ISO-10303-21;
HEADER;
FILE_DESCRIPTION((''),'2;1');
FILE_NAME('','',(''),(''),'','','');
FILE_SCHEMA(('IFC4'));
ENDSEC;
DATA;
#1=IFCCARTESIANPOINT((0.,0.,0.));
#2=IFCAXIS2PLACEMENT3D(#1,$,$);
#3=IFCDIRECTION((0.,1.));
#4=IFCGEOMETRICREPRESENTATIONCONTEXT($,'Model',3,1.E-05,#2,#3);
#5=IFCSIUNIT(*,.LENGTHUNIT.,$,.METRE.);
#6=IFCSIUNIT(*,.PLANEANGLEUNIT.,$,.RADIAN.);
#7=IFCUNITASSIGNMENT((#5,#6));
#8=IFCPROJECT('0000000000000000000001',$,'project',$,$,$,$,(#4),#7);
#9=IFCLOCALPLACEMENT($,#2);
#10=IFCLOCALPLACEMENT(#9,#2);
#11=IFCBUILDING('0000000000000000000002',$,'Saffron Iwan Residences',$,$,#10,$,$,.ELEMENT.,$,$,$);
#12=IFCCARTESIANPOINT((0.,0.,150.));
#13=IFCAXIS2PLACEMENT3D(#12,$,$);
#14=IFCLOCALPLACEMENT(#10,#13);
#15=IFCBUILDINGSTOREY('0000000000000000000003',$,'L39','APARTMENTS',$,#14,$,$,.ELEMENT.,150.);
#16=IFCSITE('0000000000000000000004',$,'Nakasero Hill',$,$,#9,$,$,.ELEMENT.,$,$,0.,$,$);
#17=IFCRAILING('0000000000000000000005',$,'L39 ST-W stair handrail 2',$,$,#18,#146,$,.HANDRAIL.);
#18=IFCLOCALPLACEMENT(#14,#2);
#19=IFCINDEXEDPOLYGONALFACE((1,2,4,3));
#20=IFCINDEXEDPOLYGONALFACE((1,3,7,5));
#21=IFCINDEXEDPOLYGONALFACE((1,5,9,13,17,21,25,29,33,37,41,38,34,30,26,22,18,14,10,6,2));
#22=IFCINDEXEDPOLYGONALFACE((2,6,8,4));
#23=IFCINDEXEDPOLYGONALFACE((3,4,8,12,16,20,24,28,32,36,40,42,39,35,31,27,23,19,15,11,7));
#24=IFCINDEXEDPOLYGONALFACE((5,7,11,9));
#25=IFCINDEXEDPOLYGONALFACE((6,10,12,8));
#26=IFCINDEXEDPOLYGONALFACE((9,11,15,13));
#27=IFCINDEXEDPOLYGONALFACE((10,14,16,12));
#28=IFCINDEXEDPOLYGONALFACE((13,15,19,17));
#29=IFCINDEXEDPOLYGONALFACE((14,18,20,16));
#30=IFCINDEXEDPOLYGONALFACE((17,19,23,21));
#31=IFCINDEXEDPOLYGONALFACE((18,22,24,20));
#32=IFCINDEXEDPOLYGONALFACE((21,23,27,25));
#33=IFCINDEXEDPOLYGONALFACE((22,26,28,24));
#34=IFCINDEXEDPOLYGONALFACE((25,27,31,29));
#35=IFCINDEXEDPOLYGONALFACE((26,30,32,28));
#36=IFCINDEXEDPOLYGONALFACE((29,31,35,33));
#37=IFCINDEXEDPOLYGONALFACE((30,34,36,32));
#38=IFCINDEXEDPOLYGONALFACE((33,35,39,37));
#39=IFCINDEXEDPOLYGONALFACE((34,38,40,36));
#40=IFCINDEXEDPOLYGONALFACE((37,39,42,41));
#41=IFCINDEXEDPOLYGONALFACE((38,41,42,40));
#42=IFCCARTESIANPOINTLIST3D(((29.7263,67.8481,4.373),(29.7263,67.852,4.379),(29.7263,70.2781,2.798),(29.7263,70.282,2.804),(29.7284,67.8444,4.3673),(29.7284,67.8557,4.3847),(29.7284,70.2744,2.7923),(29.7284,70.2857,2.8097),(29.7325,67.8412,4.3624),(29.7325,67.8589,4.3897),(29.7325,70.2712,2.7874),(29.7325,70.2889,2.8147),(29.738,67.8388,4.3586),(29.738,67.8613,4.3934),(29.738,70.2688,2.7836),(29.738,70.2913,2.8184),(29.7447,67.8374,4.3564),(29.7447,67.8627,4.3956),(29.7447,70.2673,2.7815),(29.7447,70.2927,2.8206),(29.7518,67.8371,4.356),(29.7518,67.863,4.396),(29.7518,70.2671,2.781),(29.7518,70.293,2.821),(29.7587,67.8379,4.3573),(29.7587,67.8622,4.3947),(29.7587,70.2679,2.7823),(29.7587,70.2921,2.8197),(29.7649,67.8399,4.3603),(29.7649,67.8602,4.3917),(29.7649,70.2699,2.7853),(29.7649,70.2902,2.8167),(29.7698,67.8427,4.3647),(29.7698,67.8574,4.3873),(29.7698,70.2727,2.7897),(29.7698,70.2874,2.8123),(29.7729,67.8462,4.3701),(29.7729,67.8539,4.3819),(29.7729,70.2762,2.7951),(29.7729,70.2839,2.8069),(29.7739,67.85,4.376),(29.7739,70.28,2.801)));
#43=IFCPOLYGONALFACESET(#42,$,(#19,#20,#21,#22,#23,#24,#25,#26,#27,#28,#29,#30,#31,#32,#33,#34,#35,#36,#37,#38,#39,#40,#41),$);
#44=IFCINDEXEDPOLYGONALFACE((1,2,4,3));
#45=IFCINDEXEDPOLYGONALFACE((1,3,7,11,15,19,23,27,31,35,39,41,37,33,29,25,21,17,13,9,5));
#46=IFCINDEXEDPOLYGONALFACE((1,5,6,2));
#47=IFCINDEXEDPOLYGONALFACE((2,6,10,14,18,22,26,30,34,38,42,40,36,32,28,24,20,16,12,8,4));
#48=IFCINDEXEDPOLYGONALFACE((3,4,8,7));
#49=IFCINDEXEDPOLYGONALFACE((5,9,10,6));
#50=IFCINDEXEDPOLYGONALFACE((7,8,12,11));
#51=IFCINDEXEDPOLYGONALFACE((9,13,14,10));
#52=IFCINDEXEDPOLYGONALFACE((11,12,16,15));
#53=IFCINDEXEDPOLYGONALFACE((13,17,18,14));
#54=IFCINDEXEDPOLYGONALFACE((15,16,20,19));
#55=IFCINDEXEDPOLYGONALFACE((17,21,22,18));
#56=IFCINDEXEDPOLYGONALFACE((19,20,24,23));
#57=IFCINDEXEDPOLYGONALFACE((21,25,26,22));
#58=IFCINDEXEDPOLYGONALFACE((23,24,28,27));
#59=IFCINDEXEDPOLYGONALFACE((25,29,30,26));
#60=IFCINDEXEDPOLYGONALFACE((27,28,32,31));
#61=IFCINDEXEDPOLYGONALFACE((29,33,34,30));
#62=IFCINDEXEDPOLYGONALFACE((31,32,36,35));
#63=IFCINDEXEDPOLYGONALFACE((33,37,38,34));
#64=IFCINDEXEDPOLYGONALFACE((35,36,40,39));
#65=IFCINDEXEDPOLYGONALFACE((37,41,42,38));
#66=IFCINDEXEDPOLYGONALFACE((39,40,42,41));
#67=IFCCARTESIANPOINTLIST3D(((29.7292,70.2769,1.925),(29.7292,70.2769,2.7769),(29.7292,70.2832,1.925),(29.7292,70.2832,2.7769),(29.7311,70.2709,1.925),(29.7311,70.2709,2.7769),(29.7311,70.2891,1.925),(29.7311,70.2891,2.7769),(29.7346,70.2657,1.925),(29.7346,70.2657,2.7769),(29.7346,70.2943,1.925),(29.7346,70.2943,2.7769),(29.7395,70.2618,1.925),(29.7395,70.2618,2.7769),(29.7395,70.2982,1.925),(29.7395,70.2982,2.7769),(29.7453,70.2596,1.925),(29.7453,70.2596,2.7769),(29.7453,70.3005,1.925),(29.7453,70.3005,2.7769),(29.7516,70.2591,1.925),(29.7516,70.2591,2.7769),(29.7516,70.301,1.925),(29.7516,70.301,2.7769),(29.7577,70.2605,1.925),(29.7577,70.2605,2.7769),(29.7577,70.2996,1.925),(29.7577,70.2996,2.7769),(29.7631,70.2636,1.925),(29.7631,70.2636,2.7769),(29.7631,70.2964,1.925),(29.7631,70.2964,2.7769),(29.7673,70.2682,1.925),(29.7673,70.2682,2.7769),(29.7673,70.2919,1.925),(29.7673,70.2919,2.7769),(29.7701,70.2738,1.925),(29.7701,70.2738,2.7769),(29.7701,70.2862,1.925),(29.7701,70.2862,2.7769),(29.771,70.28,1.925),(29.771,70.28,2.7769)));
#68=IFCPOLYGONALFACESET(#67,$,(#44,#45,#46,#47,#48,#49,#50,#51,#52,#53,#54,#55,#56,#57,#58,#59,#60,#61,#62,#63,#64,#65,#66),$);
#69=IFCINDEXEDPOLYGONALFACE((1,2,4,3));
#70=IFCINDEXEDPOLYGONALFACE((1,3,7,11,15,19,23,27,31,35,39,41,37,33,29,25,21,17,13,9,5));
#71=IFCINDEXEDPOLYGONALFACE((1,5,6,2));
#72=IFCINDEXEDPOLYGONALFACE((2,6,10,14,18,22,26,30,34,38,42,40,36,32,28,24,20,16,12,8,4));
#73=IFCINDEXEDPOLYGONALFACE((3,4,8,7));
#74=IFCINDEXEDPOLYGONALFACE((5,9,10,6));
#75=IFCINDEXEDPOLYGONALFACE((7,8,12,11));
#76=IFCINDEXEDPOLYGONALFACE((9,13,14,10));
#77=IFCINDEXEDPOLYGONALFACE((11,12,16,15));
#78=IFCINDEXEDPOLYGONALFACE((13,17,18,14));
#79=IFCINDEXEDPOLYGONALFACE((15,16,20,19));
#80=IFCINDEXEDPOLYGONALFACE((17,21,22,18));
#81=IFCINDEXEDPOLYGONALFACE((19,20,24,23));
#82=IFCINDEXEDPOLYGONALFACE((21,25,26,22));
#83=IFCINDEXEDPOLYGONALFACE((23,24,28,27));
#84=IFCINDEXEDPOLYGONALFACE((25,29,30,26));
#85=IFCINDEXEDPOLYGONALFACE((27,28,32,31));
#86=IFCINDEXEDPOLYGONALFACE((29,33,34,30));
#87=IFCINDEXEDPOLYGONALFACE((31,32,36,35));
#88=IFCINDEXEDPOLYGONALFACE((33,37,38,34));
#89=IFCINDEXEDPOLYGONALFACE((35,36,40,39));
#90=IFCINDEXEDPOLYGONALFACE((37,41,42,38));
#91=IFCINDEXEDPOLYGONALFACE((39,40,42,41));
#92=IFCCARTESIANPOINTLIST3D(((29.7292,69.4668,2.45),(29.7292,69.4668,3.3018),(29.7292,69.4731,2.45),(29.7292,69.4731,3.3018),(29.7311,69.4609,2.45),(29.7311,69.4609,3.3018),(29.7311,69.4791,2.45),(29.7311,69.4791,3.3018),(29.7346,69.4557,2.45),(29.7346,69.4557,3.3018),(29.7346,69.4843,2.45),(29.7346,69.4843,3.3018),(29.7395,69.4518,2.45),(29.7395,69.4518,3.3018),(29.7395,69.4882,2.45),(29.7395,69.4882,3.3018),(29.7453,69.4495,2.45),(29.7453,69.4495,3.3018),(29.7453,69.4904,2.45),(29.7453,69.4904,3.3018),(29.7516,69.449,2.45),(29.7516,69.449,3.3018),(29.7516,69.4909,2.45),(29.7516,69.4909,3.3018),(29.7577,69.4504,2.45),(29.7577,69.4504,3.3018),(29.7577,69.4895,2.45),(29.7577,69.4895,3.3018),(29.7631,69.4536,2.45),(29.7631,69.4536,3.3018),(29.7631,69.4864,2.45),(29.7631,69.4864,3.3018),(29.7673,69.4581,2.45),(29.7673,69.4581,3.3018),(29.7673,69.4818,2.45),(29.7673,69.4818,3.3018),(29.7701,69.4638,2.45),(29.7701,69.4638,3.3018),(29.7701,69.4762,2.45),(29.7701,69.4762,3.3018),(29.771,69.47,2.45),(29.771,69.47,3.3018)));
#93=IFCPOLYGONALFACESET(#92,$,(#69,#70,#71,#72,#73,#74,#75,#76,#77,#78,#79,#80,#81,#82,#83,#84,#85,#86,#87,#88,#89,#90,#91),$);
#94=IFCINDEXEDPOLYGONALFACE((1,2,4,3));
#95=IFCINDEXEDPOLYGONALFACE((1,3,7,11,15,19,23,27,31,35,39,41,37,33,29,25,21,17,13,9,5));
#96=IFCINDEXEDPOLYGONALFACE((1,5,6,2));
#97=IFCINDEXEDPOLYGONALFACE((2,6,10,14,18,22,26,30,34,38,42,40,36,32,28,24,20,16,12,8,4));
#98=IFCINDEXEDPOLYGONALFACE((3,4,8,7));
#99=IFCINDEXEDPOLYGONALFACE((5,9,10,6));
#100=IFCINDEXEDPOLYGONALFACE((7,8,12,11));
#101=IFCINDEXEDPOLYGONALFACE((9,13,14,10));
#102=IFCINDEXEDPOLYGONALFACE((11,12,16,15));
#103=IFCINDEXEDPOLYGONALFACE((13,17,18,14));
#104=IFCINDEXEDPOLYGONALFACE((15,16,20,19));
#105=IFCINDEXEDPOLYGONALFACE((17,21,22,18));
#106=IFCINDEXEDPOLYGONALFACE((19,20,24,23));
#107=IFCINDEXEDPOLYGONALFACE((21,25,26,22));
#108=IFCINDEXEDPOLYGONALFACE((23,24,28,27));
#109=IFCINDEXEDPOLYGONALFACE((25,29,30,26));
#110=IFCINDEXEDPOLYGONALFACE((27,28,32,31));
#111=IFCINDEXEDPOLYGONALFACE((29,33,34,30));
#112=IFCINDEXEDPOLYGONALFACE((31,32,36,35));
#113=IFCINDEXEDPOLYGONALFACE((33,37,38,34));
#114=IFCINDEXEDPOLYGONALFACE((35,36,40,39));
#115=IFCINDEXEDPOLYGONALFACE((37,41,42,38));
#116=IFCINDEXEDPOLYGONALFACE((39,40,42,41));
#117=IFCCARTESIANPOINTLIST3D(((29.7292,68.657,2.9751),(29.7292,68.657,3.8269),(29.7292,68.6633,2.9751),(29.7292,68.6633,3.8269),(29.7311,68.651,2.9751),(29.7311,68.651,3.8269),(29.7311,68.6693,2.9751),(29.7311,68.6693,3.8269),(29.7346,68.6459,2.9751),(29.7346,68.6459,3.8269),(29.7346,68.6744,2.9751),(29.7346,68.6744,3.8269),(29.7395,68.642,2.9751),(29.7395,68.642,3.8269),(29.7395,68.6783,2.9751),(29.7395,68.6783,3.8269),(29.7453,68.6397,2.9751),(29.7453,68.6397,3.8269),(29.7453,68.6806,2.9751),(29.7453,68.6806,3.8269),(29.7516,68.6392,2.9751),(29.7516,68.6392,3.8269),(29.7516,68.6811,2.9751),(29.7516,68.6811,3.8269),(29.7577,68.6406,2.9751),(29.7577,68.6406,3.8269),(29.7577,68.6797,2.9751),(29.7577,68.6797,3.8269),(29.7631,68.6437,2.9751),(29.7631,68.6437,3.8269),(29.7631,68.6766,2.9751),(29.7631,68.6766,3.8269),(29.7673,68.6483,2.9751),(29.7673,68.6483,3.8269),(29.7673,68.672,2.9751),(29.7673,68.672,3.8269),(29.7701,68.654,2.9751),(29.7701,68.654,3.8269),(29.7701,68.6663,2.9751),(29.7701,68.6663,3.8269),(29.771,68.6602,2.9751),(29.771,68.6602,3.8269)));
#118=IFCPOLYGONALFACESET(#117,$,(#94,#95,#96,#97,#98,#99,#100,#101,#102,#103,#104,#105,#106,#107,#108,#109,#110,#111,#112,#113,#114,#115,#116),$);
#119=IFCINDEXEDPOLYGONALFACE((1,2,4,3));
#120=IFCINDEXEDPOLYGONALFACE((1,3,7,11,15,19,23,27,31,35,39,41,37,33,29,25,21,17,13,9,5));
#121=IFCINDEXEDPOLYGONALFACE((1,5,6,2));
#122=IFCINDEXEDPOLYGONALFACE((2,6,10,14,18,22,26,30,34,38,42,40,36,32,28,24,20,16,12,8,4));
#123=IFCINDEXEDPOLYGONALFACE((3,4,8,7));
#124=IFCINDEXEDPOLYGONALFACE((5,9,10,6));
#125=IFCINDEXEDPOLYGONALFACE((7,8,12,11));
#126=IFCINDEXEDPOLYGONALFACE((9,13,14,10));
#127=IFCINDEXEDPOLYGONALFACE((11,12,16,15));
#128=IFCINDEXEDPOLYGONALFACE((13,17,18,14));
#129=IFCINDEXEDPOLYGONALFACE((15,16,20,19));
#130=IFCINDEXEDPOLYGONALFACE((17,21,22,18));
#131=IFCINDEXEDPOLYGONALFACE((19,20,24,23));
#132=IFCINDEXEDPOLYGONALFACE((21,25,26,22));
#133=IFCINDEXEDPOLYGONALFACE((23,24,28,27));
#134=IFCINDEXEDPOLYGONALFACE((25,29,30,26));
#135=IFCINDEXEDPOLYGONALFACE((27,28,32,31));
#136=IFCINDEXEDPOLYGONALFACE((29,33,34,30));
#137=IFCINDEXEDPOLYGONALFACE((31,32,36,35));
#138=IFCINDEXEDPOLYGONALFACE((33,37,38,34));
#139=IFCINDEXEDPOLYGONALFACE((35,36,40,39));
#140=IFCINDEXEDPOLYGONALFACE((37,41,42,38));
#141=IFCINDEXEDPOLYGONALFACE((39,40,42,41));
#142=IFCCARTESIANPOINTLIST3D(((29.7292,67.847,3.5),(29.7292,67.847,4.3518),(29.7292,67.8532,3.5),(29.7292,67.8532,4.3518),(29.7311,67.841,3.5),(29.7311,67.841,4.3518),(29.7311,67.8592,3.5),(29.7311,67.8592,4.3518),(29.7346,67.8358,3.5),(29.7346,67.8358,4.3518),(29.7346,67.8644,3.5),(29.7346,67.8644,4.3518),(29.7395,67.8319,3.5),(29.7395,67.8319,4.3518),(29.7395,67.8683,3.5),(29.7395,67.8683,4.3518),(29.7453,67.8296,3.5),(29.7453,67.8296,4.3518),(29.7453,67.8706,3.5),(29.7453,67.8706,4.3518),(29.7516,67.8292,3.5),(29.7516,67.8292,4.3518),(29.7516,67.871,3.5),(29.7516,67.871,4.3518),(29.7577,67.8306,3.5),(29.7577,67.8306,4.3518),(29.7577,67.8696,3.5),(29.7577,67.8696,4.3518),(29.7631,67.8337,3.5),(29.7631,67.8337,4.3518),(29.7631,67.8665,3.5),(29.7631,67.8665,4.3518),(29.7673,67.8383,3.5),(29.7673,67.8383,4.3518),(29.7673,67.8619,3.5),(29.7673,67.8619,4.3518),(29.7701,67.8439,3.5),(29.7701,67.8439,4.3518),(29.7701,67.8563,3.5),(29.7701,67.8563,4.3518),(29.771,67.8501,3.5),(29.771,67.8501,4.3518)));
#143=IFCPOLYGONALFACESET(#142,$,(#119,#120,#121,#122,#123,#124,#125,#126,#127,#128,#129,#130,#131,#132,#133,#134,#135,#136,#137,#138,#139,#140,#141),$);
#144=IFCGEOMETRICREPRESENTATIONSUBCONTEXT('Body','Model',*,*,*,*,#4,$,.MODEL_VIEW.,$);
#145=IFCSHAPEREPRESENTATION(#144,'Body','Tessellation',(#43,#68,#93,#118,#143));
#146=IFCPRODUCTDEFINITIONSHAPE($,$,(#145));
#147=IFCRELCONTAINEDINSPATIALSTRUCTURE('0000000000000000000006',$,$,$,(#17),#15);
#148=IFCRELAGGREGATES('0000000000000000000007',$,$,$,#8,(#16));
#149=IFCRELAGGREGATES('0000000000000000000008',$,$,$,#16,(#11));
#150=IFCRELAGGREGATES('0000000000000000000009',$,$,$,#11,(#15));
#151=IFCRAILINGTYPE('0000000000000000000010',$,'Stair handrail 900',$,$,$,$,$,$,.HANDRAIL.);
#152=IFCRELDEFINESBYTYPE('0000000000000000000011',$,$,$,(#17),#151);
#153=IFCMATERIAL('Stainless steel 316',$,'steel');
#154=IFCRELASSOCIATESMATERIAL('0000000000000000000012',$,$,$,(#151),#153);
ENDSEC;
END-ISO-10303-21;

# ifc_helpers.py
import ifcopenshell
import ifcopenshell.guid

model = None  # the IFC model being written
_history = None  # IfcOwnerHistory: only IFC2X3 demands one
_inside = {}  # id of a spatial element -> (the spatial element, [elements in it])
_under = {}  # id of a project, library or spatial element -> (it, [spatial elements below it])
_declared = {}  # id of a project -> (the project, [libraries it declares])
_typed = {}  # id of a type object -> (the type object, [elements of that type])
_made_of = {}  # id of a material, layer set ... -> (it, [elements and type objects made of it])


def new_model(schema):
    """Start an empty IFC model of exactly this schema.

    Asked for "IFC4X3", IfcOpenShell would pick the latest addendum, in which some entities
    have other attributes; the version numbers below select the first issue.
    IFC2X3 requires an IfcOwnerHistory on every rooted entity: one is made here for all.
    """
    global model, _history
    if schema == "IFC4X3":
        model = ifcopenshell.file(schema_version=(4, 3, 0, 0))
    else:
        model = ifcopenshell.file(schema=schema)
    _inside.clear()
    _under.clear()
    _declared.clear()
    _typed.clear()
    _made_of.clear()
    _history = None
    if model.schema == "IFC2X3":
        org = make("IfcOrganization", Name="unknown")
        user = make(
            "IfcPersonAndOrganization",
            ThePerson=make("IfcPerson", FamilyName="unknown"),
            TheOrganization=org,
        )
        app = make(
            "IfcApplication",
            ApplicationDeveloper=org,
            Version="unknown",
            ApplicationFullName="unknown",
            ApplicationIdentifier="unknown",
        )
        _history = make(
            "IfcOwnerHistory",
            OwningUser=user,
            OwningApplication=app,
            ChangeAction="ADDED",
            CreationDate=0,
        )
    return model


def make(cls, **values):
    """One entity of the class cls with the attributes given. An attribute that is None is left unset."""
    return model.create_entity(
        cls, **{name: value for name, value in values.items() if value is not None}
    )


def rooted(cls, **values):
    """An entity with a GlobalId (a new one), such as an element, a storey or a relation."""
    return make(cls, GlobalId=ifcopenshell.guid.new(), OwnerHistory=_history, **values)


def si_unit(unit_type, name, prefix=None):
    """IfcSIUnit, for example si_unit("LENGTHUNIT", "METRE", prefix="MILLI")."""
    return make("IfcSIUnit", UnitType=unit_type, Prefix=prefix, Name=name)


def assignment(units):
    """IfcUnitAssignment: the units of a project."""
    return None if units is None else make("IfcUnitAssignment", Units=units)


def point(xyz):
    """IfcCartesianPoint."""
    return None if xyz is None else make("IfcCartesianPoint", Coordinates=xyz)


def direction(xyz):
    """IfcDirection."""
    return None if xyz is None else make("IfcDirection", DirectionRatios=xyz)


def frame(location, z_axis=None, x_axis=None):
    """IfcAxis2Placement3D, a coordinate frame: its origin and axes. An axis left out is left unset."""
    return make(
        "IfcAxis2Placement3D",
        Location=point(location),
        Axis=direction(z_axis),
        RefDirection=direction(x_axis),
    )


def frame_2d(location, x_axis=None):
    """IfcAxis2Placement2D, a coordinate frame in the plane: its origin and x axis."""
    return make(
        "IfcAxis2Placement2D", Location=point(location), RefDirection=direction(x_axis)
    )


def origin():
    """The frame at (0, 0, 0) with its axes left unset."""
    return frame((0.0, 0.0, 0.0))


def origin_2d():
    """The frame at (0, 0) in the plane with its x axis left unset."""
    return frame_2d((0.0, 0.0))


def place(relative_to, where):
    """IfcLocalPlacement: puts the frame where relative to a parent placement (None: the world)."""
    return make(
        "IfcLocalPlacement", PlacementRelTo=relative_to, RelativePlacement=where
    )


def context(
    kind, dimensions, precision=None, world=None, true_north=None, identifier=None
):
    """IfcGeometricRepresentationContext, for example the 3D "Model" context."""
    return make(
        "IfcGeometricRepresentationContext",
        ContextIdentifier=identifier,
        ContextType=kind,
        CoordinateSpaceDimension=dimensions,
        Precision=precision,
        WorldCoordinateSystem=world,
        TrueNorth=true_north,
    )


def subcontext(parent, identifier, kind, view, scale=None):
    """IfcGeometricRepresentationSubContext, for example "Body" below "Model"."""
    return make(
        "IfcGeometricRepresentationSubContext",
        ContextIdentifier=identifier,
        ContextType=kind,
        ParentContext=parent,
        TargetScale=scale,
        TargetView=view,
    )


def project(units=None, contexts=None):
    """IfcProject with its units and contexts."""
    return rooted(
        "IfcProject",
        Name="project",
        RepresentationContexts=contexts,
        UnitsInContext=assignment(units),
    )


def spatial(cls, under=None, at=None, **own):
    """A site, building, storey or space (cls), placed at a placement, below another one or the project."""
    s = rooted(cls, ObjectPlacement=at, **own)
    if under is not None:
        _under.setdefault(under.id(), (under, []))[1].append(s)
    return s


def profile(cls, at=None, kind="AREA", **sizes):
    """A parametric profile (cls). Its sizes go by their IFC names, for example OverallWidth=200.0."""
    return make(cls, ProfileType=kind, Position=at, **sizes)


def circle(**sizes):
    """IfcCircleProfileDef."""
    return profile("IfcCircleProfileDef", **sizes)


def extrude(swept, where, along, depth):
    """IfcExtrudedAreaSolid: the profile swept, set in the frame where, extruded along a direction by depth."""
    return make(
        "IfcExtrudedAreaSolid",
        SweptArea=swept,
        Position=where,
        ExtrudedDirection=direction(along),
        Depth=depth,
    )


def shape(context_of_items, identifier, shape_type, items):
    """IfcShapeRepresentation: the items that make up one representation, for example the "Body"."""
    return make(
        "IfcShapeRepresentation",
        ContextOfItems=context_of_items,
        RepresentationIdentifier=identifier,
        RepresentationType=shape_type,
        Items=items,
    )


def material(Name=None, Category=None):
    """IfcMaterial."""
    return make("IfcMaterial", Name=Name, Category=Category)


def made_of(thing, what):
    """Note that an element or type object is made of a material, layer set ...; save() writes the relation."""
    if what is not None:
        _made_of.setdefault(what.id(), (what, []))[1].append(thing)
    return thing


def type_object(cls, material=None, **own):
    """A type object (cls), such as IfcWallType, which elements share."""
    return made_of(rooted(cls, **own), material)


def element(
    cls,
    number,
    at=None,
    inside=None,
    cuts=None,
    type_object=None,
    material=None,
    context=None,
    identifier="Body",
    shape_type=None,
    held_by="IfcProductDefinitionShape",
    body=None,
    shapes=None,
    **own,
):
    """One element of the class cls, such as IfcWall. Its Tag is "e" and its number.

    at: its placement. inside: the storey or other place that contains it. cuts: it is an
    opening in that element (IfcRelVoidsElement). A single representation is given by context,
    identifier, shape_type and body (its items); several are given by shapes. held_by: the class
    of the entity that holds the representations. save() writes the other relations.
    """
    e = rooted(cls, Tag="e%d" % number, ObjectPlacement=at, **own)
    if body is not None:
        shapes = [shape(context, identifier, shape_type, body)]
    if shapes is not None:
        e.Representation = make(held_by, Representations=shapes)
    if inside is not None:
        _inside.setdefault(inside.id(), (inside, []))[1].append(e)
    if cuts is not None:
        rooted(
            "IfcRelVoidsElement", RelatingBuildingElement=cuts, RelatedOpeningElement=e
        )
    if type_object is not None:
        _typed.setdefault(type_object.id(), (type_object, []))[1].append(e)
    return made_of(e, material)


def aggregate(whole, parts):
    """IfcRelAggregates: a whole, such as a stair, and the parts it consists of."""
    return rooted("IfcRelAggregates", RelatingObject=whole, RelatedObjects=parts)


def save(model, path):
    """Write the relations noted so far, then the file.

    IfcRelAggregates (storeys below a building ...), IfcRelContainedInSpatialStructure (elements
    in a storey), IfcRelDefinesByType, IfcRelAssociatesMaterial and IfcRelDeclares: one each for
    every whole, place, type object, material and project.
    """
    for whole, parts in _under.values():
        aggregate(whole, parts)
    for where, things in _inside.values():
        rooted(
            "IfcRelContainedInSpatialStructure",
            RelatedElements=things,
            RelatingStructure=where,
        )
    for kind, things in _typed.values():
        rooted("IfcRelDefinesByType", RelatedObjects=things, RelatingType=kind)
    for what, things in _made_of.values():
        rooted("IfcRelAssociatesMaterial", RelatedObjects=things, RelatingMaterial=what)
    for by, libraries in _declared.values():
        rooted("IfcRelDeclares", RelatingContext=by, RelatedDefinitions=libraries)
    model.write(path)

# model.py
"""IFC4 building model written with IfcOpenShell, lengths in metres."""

from ifc_helpers import new_model, si_unit, direction, frame, origin, origin_2d, place, context, subcontext, project, spatial, circle, extrude, material, type_object, element, save


model = new_model("IFC4")

# Units and contexts
model_context = context("Model", 3, precision=1e-05, world=origin(), true_north=direction((0.0, 1.0)))
body_context = subcontext(model_context, "Body", "Model", "MODEL_VIEW")
ifc_project = project(units=[si_unit("LENGTHUNIT", "METRE"), si_unit("PLANEANGLEUNIT", "RADIAN")], contexts=[model_context])

# Site, building, storey
site_placement = place(None, origin())
site = spatial("IfcSite", under=ifc_project, at=site_placement, Name="Nakasero Hill", CompositionType="ELEMENT", RefElevation=0.0)
building_placement = place(site_placement, origin())
building = spatial("IfcBuilding", under=site, at=building_placement, Name="Saffron Iwan Residences", CompositionType="ELEMENT")
storey_placement = place(building_placement, frame((0.0, 0.0, 150.0)))
storey = spatial("IfcBuildingStorey", under=building, at=storey_placement, Name="L39", Description="APARTMENTS", CompositionType="ELEMENT", Elevation=150.0)

# Railing
ifc_material_1 = material(Name="Stainless steel 316", Category="steel")
railing_type_1 = type_object("IfcRailingType", Name="Stair handrail 900", PredefinedType="HANDRAIL", material=ifc_material_1)
railing_1_placement = place(storey_placement, frame((29.75, 70.28, 1.925)))
element("IfcRailing", 1, at=railing_1_placement, inside=storey, type_object=railing_type_1, Name="L39 ST-W stair handrail 2", PredefinedType="HANDRAIL", context=body_context, shape_type="SweptSolid", body=[
    extrude(circle(Radius=0.0239, at=origin_2d()), frame((0.0, 0.0, 0.876), z_axis=(0.0, -0.839154, 0.543894), x_axis=(1.0, 0.0, 0.0)), (0.0, 0.0, 1.0), 2.8958),
    extrude(circle(Radius=0.021, at=origin_2d()), origin(), (0.0, 0.0, 1.0), 0.8518),
    extrude(circle(Radius=0.021, at=origin_2d()), frame((0.0, -0.8101, 0.5249)), (0.0, 0.0, 1.0), 0.8518),
    extrude(circle(Radius=0.021, at=origin_2d()), frame((0.0, -1.6199, 1.05)), (0.0, 0.0, 1.0), 0.8518),
    extrude(circle(Radius=0.021, at=origin_2d()), frame((0.0, -2.4299, 1.575)), (0.0, 0.0, 1.0), 0.8518),
])

save(model, "model.ifc")
